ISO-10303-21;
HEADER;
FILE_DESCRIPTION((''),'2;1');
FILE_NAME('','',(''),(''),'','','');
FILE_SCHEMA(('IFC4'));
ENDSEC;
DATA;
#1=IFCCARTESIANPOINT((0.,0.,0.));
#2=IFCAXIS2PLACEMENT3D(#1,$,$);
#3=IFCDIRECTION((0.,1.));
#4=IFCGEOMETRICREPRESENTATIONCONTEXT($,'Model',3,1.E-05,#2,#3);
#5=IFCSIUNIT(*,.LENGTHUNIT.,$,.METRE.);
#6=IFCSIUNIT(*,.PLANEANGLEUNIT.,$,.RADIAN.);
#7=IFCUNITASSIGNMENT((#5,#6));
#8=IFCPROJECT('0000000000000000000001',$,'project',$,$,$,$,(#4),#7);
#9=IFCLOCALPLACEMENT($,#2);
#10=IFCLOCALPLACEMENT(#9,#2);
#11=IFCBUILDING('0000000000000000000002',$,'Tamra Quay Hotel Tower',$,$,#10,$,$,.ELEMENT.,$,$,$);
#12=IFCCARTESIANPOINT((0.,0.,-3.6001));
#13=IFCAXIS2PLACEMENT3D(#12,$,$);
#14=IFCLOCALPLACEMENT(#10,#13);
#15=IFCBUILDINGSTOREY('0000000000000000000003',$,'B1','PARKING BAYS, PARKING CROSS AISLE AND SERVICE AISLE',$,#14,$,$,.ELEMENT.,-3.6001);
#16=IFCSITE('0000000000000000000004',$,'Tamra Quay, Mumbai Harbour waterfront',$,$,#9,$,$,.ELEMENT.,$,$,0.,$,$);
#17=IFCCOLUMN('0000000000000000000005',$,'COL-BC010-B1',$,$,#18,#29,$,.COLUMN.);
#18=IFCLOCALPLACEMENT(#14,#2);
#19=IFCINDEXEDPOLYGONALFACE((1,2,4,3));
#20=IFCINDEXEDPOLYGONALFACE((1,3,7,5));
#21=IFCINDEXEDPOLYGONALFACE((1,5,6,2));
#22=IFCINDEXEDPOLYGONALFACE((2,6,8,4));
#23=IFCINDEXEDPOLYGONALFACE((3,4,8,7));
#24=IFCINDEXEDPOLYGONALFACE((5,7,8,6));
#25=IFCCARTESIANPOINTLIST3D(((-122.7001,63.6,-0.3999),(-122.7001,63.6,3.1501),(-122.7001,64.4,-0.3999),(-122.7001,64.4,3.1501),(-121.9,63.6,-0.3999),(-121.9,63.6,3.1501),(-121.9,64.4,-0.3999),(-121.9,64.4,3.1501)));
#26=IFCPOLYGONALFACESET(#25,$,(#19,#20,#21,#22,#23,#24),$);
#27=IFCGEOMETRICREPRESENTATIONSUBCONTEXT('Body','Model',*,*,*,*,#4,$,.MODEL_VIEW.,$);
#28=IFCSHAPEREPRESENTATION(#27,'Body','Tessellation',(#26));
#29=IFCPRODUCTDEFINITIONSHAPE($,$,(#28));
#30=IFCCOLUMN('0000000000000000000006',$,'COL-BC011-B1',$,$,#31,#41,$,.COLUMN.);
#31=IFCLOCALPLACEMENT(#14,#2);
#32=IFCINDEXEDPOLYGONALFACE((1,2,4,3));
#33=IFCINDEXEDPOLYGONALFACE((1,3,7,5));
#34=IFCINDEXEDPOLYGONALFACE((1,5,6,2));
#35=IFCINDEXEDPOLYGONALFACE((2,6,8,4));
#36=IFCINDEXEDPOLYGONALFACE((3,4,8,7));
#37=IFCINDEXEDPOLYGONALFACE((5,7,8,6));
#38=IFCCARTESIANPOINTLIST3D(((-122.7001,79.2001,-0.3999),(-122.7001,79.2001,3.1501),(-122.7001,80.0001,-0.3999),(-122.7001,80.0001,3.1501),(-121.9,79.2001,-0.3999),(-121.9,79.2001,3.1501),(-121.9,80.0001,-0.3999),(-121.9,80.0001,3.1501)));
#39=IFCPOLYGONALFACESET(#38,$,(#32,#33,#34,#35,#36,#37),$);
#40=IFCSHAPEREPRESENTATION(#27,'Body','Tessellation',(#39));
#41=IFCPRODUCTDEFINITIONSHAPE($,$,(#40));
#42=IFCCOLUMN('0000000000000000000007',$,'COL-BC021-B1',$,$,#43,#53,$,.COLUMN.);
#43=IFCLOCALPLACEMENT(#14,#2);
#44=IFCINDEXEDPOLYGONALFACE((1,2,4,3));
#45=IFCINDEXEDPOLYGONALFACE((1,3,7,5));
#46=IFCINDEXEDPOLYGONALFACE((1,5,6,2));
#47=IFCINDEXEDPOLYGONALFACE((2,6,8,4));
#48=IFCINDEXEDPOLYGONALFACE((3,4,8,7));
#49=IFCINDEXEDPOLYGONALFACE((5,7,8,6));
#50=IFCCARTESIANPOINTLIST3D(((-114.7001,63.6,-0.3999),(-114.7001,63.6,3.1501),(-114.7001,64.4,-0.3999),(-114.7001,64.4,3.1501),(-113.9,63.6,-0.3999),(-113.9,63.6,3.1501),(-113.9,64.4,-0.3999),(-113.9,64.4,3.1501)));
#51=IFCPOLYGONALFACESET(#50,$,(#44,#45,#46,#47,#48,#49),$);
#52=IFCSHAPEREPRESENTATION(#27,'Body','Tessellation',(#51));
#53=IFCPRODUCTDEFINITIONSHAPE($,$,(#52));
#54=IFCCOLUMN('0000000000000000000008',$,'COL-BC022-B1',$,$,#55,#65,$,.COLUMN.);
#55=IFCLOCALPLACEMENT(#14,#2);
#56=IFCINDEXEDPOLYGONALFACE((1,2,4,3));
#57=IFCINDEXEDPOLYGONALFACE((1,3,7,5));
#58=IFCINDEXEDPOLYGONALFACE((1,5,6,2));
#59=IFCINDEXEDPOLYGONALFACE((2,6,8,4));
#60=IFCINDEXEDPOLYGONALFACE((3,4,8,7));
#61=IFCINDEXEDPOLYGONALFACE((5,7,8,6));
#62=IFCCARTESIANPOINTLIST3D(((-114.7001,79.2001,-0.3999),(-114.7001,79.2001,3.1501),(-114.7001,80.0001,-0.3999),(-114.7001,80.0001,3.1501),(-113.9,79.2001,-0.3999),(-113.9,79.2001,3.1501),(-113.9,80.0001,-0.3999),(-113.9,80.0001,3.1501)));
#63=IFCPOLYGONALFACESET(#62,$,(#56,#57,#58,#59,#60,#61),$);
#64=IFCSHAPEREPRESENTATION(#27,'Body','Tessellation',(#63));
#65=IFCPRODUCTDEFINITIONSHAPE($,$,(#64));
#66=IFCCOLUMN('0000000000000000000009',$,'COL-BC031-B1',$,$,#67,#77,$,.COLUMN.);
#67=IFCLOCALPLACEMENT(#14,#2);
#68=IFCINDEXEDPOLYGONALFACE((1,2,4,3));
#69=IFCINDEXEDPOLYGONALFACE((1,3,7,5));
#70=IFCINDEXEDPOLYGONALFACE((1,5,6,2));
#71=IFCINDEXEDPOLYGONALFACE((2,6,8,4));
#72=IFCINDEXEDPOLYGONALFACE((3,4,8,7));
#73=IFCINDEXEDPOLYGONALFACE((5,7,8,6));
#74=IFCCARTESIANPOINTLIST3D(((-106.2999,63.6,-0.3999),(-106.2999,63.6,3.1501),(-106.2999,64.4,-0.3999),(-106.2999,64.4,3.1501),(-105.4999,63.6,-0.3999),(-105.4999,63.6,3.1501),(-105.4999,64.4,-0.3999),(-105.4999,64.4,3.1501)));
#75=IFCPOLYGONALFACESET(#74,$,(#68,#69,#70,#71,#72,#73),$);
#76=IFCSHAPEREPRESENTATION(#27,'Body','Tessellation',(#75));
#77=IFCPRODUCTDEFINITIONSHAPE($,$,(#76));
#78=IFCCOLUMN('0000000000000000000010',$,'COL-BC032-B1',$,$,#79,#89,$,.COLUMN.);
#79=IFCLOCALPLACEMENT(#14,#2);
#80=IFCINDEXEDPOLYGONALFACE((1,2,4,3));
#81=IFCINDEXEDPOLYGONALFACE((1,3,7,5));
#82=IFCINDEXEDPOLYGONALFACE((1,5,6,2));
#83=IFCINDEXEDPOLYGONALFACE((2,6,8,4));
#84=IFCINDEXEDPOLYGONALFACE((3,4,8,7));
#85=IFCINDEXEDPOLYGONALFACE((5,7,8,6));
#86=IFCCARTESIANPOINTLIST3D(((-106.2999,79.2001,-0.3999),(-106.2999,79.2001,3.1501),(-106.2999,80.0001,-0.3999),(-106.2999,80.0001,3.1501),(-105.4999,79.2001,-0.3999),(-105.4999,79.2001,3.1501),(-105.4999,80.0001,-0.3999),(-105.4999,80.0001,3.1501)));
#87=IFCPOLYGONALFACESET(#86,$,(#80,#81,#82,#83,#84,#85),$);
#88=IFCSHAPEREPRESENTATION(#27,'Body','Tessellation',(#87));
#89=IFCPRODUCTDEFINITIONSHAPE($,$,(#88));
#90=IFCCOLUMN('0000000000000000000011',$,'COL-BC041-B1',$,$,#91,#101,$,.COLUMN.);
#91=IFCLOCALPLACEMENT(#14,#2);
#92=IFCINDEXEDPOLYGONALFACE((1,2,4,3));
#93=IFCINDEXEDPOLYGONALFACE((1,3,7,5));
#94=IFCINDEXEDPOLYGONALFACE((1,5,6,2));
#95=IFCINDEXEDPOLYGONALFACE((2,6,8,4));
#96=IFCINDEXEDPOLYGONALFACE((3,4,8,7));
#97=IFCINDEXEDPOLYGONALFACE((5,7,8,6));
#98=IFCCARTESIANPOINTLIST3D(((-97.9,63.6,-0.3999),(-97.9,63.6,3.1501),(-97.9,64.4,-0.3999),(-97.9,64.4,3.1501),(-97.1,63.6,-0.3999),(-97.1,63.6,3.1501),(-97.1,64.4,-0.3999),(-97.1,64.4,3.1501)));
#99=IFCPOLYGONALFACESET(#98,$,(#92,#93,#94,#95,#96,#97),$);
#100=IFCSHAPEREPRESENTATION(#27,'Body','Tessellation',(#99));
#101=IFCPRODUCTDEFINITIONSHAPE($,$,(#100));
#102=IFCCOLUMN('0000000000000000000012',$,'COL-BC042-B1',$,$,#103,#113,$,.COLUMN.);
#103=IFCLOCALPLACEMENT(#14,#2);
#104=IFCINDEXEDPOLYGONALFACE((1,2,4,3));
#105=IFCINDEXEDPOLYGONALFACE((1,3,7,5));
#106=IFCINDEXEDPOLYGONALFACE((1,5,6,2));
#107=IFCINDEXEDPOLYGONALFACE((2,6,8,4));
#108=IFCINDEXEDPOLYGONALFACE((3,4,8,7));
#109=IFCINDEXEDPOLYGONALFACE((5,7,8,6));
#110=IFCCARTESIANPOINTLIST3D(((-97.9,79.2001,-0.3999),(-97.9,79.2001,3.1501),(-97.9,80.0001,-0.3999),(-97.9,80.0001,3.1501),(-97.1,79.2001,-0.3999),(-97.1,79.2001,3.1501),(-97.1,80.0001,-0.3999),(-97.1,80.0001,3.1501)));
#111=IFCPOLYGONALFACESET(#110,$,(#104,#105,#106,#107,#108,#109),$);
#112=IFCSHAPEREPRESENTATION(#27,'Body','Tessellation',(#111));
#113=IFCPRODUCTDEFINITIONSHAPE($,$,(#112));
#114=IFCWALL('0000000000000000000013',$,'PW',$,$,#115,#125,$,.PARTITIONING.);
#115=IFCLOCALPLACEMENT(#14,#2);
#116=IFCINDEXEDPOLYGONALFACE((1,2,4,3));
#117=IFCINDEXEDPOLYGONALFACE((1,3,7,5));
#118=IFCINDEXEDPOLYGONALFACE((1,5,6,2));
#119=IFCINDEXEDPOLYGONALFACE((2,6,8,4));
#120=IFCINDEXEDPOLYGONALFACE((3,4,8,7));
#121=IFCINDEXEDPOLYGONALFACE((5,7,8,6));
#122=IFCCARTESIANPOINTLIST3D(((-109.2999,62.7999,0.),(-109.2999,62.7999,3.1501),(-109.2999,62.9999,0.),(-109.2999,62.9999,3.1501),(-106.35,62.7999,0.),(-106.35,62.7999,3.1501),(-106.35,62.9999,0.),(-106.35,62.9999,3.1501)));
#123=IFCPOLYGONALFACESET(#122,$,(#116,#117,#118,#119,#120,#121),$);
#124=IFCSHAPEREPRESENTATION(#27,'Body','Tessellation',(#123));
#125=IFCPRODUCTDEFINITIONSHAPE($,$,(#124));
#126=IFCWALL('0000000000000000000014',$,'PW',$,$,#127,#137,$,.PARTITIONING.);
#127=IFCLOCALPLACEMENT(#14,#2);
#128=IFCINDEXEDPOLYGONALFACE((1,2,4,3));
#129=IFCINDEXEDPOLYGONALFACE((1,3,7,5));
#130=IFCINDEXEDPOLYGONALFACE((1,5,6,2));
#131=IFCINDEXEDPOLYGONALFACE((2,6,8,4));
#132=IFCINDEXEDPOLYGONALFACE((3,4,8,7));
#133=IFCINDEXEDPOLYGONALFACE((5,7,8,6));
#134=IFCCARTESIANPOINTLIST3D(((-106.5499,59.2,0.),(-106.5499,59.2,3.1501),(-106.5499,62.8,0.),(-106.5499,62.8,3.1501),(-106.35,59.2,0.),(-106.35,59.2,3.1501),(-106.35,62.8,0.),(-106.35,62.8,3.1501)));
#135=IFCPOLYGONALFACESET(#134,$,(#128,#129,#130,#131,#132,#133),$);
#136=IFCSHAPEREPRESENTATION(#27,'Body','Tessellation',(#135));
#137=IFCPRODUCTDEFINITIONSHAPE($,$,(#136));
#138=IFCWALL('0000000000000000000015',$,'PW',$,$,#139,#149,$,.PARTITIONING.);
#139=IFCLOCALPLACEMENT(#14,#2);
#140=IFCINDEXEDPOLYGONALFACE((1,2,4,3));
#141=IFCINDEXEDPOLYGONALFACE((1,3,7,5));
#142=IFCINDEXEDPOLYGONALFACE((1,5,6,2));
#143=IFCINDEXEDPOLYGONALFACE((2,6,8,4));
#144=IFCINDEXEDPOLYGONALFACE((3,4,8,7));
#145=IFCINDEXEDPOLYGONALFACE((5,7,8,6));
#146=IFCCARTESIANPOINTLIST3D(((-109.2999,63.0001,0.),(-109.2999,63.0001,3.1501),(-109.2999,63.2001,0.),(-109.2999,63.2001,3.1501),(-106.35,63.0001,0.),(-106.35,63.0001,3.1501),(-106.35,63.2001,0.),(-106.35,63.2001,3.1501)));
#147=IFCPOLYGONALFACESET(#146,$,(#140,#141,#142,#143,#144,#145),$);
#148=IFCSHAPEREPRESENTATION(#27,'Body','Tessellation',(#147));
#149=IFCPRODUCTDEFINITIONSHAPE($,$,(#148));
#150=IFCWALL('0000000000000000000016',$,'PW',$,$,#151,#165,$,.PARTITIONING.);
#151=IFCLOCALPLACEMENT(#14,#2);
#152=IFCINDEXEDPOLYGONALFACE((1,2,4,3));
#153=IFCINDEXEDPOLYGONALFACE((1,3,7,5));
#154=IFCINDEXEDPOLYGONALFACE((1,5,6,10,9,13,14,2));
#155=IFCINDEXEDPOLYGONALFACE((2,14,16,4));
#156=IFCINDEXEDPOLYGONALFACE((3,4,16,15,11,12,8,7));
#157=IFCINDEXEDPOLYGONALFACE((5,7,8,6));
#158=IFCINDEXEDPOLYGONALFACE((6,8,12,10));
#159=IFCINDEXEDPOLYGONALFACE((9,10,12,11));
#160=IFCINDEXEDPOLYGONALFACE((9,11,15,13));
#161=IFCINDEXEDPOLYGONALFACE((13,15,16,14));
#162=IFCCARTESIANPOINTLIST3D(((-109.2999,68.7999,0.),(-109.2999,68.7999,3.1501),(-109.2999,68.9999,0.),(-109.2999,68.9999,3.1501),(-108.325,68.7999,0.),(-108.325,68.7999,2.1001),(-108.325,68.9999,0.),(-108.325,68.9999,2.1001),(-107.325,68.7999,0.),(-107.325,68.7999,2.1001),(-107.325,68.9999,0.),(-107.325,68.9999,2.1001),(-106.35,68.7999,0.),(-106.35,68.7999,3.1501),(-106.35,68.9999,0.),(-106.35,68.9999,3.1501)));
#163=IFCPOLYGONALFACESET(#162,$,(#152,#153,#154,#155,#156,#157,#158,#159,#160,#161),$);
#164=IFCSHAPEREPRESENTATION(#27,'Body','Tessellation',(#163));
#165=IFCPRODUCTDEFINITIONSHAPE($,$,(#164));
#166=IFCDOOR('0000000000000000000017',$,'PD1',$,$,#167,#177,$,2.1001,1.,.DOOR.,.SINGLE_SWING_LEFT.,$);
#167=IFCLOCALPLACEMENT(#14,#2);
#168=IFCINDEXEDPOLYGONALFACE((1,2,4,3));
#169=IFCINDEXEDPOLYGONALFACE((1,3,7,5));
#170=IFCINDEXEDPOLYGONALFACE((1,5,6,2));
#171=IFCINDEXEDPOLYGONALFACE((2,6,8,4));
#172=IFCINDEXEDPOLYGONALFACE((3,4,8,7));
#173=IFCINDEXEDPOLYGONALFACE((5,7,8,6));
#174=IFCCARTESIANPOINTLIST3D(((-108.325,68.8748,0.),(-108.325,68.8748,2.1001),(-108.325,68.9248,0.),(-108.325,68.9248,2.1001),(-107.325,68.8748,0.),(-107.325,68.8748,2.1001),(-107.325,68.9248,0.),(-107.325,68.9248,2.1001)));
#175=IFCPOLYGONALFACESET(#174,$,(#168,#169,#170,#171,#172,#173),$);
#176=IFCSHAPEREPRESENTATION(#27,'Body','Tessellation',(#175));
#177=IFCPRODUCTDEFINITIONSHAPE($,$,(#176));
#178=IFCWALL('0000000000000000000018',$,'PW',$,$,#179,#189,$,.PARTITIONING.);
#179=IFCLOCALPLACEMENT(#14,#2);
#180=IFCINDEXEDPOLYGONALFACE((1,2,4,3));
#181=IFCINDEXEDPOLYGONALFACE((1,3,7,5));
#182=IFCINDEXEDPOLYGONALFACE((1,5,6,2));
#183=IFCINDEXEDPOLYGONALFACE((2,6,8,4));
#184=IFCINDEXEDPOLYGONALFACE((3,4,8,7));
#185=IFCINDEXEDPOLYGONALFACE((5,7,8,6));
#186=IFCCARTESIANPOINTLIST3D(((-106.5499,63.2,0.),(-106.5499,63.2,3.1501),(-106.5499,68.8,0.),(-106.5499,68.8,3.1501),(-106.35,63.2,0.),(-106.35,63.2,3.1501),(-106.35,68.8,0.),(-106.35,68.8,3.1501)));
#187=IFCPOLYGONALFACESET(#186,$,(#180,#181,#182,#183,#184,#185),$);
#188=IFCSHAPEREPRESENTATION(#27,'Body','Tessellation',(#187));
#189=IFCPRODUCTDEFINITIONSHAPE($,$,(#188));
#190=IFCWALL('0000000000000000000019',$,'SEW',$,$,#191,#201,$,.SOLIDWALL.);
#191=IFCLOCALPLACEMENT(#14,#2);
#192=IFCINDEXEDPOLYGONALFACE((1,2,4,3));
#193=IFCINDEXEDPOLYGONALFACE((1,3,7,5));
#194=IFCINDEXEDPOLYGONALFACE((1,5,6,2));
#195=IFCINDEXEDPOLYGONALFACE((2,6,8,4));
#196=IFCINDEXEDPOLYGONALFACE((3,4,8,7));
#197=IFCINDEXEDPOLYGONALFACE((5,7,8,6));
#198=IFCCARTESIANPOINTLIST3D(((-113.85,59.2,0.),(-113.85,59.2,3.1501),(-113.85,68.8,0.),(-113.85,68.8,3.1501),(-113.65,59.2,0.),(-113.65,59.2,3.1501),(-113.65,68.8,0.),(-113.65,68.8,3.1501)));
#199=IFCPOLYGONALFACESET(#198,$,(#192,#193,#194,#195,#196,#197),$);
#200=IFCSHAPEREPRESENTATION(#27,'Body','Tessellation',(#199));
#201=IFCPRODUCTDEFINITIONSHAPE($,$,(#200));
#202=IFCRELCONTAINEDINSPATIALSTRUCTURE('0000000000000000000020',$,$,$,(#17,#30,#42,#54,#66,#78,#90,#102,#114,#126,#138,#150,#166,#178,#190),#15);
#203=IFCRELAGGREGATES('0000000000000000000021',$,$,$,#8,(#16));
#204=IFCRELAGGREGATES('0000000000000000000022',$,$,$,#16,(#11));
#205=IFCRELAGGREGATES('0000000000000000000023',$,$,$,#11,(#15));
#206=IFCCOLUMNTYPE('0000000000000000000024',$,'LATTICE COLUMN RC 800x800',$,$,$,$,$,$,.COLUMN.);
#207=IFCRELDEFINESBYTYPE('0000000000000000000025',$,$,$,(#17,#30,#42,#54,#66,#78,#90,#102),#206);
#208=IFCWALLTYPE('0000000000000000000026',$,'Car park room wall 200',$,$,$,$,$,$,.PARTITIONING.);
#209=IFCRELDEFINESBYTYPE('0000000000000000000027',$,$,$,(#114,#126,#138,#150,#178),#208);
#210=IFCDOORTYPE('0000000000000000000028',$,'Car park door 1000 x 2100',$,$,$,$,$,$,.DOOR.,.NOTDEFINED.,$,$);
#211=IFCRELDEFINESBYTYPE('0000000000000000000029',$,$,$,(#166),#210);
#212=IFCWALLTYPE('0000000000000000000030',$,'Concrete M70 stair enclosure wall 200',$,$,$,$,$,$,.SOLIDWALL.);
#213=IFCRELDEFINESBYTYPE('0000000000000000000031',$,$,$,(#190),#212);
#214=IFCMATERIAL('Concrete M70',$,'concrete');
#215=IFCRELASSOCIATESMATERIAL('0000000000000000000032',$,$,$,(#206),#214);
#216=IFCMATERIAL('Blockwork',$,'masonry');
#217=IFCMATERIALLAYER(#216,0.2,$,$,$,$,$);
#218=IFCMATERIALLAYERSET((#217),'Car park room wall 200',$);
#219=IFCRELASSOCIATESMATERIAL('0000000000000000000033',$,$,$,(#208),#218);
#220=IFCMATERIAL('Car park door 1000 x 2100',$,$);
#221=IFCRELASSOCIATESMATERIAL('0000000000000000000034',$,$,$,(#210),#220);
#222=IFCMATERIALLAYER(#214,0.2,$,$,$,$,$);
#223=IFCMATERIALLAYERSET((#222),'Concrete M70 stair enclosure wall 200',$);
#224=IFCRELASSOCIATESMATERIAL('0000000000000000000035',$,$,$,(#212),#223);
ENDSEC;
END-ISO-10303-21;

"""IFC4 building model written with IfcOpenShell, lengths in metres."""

from ifc_helpers import new_model, si_unit, direction, frame, frame_2d, origin, origin_2d, place, context, subcontext, project, spatial, rectangle, extrude, material, layer, layer_set, material_profile, profile_set, type_object, element, fill, save


model = new_model("IFC4")

# Units and contexts
model_context = context("Model", 3, precision=1e-05, world=origin(), true_north=direction((0.0, 1.0)))
body_context = subcontext(model_context, "Body", "Model", "MODEL_VIEW")
ifc_project = project(units=[si_unit("LENGTHUNIT", "METRE"), si_unit("PLANEANGLEUNIT", "RADIAN")], contexts=[model_context])

# Site, building, storey
site_placement = place(None, origin())
site = spatial("IfcSite", under=ifc_project, at=site_placement, Name="Tamra Quay, Mumbai Harbour waterfront", CompositionType="ELEMENT", RefElevation=0.0)
building_placement = place(site_placement, origin())
building = spatial("IfcBuilding", under=site, at=building_placement, Name="Tamra Quay Hotel Tower", CompositionType="ELEMENT")
storey_placement = place(building_placement, frame((0.0, 0.0, -3.6001)))
storey = spatial("IfcBuildingStorey", under=building, at=storey_placement, Name="B1", Description="PARKING BAYS, PARKING CROSS AISLE AND SERVICE AISLE", CompositionType="ELEMENT", Elevation=-3.6001)

# Columns
ifc_material_1 = material(Name="Concrete M70", Category="concrete")
ifc_material_profile = material_profile(ifc_material_1, rectangle(XDim=0.8, YDim=0.8, at=origin_2d()), Name="LATTICE COLUMN RC 800x800")
ifc_profile_set = profile_set([ifc_material_profile], Name="Concrete M70")
column_type = type_object("IfcColumnType", Name="LATTICE COLUMN RC 800x800", PredefinedType="COLUMN", material=ifc_profile_set)
for number, where, z_axis, x_axis, name in (
    (1, (-122.3, 64.0, -0.3999), (0.0, 0.0, 1.0), (1.0, 0.0, 0.0), "COL-BC010-B1"),
    (2, (-122.3, 79.6001, -0.3999), (0.0, 0.0, 1.0), (1.0, 0.0, 0.0), "COL-BC011-B1"),
    (3, (-114.3, 64.0, -0.3999), (0.0, 0.0, 1.0), (1.0, 0.0, 0.0), "COL-BC021-B1"),
    (4, (-114.3, 79.6001, -0.3999), (0.0, 0.0, 1.0), (1.0, 0.0, 0.0), "COL-BC022-B1"),
    (5, (-105.8999, 64.0, -0.3999), (0.0, 0.0, 1.0), (1.0, 0.0, 0.0), "COL-BC031-B1"),
    (6, (-105.8999, 79.6001, -0.3999), (0.0, 0.0, 1.0), (1.0, 0.0, 0.0), "COL-BC032-B1"),
    (7, (-97.5, 64.0, -0.3999), (0.0, 0.0, 1.0), (1.0, 0.0, 0.0), "COL-BC041-B1"),
    (8, (-97.5, 79.6001, -0.3999), (0.0, 0.0, 1.0), (1.0, 0.0, 0.0), "COL-BC042-B1"),
):
    element("IfcColumn", number, at=place(storey_placement, frame(where, z_axis=z_axis, x_axis=x_axis)), inside=storey, type_object=column_type, Name=name, PredefinedType="COLUMN", context=body_context, shape_type="SweptSolid", body=[
        extrude(rectangle(XDim=0.8, YDim=0.8, at=origin_2d()), origin(), (0.0, 0.0, 1.0), 3.55),
    ])

# Walls
ifc_material_2 = material(Name="Blockwork", Category="masonry")
ifc_layer_1 = layer(ifc_material_2, 0.2)
ifc_layer_set_1 = layer_set([ifc_layer_1], Name="Car park room wall 200")
wall_type_1 = type_object("IfcWallType", Name="Car park room wall 200", PredefinedType="PARTITIONING", material=ifc_layer_set_1)
wall_1_placement = place(storey_placement, frame((-109.3, 62.8999, 0.0), z_axis=(0.0, 0.0, 1.0), x_axis=(1.0, 0.0, 0.0)))
element("IfcWall", 9, at=wall_1_placement, inside=storey, type_object=wall_type_1, Name="PW", PredefinedType="PARTITIONING", context=body_context, shape_type="SweptSolid", body=[
    extrude(rectangle(XDim=2.95, YDim=0.2, at=frame_2d((1.4751, 0.0))), origin(), (0.0, 0.0, 1.0), 3.1501),
])
wall_2_placement = place(storey_placement, frame((-106.45, 59.2, 0.0), z_axis=(0.0, 0.0, 1.0), x_axis=(0.0, 1.0, 0.0)))
element("IfcWall", 10, at=wall_2_placement, inside=storey, type_object=wall_type_1, Name="PW", PredefinedType="PARTITIONING", context=body_context, shape_type="SweptSolid", body=[
    extrude(rectangle(XDim=3.6001, YDim=0.2, at=frame_2d((1.8, 0.0))), origin(), (0.0, 0.0, 1.0), 3.1501),
])
wall_3_placement = place(storey_placement, frame((-109.3, 63.1001, 0.0), z_axis=(0.0, 0.0, 1.0), x_axis=(1.0, 0.0, 0.0)))
element("IfcWall", 11, at=wall_3_placement, inside=storey, type_object=wall_type_1, Name="PW", PredefinedType="PARTITIONING", context=body_context, shape_type="SweptSolid", body=[
    extrude(rectangle(XDim=2.95, YDim=0.2, at=frame_2d((1.4751, 0.0))), origin(), (0.0, 0.0, 1.0), 3.1501),
])

# Wall, opening, door
wall_4_placement = place(storey_placement, frame((-109.3, 68.8999, 0.0), z_axis=(0.0, 0.0, 1.0), x_axis=(1.0, 0.0, 0.0)))
wall_4 = element("IfcWall", 12, at=wall_4_placement, inside=storey, type_object=wall_type_1, Name="PW", PredefinedType="PARTITIONING", context=body_context, shape_type="SweptSolid", body=[
    extrude(rectangle(XDim=2.95, YDim=0.2, at=frame_2d((1.4751, 0.0))), origin(), (0.0, 0.0, 1.0), 3.1501),
])
opening_1_placement = place(wall_4_placement, frame((0.9751, 0.0, 0.0)))
opening_1 = element("IfcOpeningElement", 13, at=opening_1_placement, cuts=wall_4, PredefinedType="OPENING", context=body_context, shape_type="SweptSolid", body=[
    extrude(rectangle(XDim=1.0, YDim=2.1001, at=frame_2d((0.5, 1.05))), frame((0.0, 0.1099, 0.0), z_axis=(0.0, -1.0, 0.0), x_axis=(1.0, 0.0, 0.0)), (0.0, 0.0, 1.0), 0.22),
])
ifc_material_3 = material(Name="Car park door 1000 x 2100")
door_type_1 = type_object("IfcDoorType", Name="Car park door 1000 x 2100", OperationType="NOTDEFINED", PredefinedType="DOOR", material=ifc_material_3)
door_1_placement = place(opening_1_placement, origin())
door_1 = element("IfcDoor", 14, at=door_1_placement, inside=storey, type_object=door_type_1, Name="PD1", OperationType="SINGLE_SWING_LEFT", OverallHeight=2.1001, OverallWidth=1.0, PredefinedType="DOOR", context=body_context, shape_type="SweptSolid", body=[
    extrude(rectangle(XDim=1.0, YDim=2.1001, at=frame_2d((0.5, 1.05))), frame((0.0, 0.0249, 0.0), z_axis=(0.0, -1.0, 0.0), x_axis=(1.0, 0.0, 0.0)), (0.0, 0.0, 1.0), 0.05),
])
fill(opening_1, door_1)

# Walls
wall_5_placement = place(storey_placement, frame((-106.45, 63.2, 0.0), z_axis=(0.0, 0.0, 1.0), x_axis=(0.0, 1.0, 0.0)))
element("IfcWall", 15, at=wall_5_placement, inside=storey, type_object=wall_type_1, Name="PW", PredefinedType="PARTITIONING", context=body_context, shape_type="SweptSolid", body=[
    extrude(rectangle(XDim=5.6001, YDim=0.2, at=frame_2d((2.8, 0.0))), origin(), (0.0, 0.0, 1.0), 3.1501),
])
ifc_layer_2 = layer(ifc_material_1, 0.2)
ifc_layer_set_2 = layer_set([ifc_layer_2], Name="Concrete M70 stair enclosure wall 200")
wall_type_2 = type_object("IfcWallType", Name="Concrete M70 stair enclosure wall 200", PredefinedType="SOLIDWALL", material=ifc_layer_set_2)
wall_6_placement = place(storey_placement, frame((-113.75, 59.2, 0.0), z_axis=(0.0, 0.0, 1.0), x_axis=(0.0, 1.0, 0.0)))
element("IfcWall", 16, at=wall_6_placement, inside=storey, type_object=wall_type_2, Name="SEW", PredefinedType="SOLIDWALL", context=body_context, shape_type="SweptSolid", body=[
    extrude(rectangle(XDim=9.6001, YDim=0.2, at=frame_2d((4.8, 0.0))), origin(), (0.0, 0.0, 1.0), 3.1501),
])

save(model, "model.ifc")
